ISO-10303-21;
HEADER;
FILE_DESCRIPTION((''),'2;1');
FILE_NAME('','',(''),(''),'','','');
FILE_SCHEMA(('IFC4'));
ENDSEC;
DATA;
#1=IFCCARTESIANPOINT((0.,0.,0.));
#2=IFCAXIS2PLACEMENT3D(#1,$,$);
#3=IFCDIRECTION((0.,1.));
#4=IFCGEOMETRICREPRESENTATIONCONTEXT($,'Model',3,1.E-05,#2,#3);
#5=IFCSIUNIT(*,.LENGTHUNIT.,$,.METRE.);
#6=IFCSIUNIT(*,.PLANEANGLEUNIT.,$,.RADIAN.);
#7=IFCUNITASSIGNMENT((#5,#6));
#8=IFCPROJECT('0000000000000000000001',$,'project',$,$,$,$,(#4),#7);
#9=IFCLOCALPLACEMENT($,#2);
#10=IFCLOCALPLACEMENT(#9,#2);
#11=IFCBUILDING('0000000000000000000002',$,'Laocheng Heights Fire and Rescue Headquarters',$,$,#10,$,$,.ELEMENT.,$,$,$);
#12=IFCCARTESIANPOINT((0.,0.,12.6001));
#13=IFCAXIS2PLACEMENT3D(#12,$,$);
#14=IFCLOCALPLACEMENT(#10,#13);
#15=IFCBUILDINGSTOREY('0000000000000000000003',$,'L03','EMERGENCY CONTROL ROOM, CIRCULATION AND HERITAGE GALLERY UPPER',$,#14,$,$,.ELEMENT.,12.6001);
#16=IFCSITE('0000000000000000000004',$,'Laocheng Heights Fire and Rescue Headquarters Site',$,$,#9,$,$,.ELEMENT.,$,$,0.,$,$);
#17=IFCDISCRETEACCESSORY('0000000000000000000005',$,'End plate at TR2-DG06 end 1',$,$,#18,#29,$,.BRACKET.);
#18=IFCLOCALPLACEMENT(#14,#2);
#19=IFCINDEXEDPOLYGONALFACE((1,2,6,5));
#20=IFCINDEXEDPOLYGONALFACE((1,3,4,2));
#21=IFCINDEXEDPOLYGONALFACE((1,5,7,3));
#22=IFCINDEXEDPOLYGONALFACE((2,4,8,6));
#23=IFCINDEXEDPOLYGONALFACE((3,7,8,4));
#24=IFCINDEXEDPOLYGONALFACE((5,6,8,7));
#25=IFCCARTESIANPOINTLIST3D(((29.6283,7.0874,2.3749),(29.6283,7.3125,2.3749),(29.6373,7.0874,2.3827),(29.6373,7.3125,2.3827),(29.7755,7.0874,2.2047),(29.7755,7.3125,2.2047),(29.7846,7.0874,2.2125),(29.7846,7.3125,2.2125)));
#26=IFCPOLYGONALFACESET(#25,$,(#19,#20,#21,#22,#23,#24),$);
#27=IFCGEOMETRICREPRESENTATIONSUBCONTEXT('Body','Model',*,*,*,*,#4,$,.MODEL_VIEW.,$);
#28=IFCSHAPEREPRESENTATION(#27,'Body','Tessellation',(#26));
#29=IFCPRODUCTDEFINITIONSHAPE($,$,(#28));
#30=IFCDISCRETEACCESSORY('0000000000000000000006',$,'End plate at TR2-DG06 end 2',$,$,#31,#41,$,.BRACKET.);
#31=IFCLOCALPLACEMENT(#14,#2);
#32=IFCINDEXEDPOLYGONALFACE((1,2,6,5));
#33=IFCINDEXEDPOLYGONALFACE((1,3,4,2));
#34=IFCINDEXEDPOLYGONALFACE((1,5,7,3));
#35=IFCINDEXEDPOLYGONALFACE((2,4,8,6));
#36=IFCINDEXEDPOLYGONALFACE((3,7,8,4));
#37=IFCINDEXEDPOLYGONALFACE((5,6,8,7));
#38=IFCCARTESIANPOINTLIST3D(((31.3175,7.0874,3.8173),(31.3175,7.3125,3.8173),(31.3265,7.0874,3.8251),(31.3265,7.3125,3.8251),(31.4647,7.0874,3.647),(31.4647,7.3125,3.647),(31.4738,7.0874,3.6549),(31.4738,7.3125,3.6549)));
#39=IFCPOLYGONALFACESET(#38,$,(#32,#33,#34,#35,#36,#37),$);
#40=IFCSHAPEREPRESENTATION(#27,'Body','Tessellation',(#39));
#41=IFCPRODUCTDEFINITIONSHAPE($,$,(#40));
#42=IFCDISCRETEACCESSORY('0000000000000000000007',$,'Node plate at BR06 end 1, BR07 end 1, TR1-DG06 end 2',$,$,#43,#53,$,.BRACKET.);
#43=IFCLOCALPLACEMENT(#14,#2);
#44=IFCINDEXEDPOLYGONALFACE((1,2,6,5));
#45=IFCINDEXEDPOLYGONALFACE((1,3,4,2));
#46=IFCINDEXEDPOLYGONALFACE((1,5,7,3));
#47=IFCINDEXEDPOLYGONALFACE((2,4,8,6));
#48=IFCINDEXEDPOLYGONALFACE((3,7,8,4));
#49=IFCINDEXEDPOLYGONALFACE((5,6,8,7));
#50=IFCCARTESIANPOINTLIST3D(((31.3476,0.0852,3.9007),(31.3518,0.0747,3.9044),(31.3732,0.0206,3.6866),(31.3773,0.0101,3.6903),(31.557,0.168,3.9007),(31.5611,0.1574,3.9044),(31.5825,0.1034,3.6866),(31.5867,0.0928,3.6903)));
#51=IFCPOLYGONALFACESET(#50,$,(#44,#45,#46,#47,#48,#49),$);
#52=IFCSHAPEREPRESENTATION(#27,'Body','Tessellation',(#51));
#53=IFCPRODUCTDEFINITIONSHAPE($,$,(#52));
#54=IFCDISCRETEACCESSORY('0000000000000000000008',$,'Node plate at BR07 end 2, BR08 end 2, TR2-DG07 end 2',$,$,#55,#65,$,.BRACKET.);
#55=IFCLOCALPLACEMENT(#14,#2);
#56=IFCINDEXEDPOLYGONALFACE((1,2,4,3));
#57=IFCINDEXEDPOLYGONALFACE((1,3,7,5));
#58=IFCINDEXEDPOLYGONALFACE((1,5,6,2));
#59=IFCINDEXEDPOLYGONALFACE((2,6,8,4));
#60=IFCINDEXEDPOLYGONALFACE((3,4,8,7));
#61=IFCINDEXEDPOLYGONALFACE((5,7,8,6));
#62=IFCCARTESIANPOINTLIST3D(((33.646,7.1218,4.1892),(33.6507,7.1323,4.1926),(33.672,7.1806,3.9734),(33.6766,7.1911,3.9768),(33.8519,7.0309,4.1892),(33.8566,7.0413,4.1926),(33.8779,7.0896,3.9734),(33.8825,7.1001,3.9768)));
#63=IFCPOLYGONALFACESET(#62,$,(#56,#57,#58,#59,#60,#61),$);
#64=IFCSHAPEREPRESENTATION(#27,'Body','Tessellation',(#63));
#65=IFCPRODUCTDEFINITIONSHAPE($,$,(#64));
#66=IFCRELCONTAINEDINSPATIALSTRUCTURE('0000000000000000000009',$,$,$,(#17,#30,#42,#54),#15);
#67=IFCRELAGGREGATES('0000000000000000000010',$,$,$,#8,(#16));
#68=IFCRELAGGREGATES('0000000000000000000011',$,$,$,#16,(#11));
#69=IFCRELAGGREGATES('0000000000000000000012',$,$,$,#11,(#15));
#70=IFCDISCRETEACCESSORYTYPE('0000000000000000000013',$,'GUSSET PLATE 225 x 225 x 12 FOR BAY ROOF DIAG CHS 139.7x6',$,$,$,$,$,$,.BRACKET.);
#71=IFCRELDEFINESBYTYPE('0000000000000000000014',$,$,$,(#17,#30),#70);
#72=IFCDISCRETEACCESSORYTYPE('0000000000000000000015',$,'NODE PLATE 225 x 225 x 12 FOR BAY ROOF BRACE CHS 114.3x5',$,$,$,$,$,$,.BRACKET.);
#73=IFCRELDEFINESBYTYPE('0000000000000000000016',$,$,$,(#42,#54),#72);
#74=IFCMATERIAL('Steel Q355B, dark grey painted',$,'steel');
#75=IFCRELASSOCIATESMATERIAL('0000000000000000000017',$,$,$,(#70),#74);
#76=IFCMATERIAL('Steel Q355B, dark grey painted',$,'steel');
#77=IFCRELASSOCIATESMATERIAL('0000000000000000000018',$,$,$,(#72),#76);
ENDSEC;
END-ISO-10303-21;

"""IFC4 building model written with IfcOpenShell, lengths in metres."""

from ifc_helpers import new_model, si_unit, direction, frame, origin, origin_2d, place, context, subcontext, project, spatial, rectangle, extrude, material, material_profile, profile_set, type_object, element, save


model = new_model("IFC4")

# Units and contexts
model_context = context("Model", 3, precision=1e-05, world=origin(), true_north=direction((0.0, 1.0)))
body_context = subcontext(model_context, "Body", "Model", "MODEL_VIEW")
ifc_project = project(units=[si_unit("LENGTHUNIT", "METRE"), si_unit("PLANEANGLEUNIT", "RADIAN")], contexts=[model_context])

# Site, building, storey
site_placement = place(None, origin())
site = spatial("IfcSite", under=ifc_project, at=site_placement, Name="Laocheng Heights Fire and Rescue Headquarters Site", CompositionType="ELEMENT", RefElevation=0.0)
building_placement = place(site_placement, origin())
building = spatial("IfcBuilding", under=site, at=building_placement, Name="Laocheng Heights Fire and Rescue Headquarters", CompositionType="ELEMENT")
storey_placement = place(building_placement, frame((0.0, 0.0, 12.6001)))
storey = spatial("IfcBuildingStorey", under=building, at=storey_placement, Name="L03", Description="EMERGENCY CONTROL ROOM, CIRCULATION AND HERITAGE GALLERY UPPER", CompositionType="ELEMENT", Elevation=12.6001)

# Discrete accessories
ifc_material_1 = material(Name="Steel Q355B, dark grey painted", Category="steel")
ifc_material_profile_1 = material_profile(ifc_material_1, rectangle(XDim=0.2251, YDim=0.2251, at=origin_2d()), Name="GUSSET PLATE 225 x 225 x 12 FOR BAY ROOF DIAG CHS 139.7x6")
ifc_profile_set_1 = profile_set([ifc_material_profile_1], Name="Steel Q355B, dark grey painted")
discrete_accessory_type_1 = type_object("IfcDiscreteAccessoryType", Name="GUSSET PLATE 225 x 225 x 12 FOR BAY ROOF DIAG CHS 139.7x6", PredefinedType="BRACKET", material=ifc_profile_set_1)
for number, where, z_axis, x_axis, name in (
    (1, (29.7019, 7.2, 2.2898), (0.756363, 0.0, 0.654152), (0.0, 1.0, 0.0), "End plate at TR2-DG06 end 1"),
    (2, (31.3911, 7.2, 3.7322), (0.756363, 0.0, 0.654152), (0.0, 1.0, 0.0), "End plate at TR2-DG06 end 2"),
):
    element("IfcDiscreteAccessory", number, at=place(storey_placement, frame(where, z_axis=z_axis, x_axis=x_axis)), inside=storey, type_object=discrete_accessory_type_1, Name=name, PredefinedType="BRACKET", context=body_context, shape_type="SweptSolid", body=[
        extrude(rectangle(XDim=0.2251, YDim=0.2251, at=origin_2d()), origin(), (0.0, 0.0, 1.0), 0.012),
    ])
ifc_material_2 = material(Name="Steel Q355B, dark grey painted", Category="steel")
ifc_material_profile_2 = material_profile(ifc_material_2, rectangle(XDim=0.2251, YDim=0.2251, at=origin_2d()), Name="NODE PLATE 225 x 225 x 12 FOR BAY ROOF BRACE CHS 114.3x5")
ifc_profile_set_2 = profile_set([ifc_material_profile_2], Name="Steel Q355B, dark grey painted")
discrete_accessory_type_2 = type_object("IfcDiscreteAccessoryType", Name="NODE PLATE 225 x 225 x 12 FOR BAY ROOF BRACE CHS 114.3x5", PredefinedType="BRACKET", material=ifc_profile_set_2)
for number, where, z_axis, x_axis, name in (
    (3, (31.4692, 0.0837, 3.7974), (-0.349717, 0.884579, -0.308574), (-0.929961, -0.367659, 0.0), "Node plate at BR06 end 1, BR07 end 1, TR1-DG06 end 2"),
    (4, (33.7666, 7.1162, 4.0847), (-0.387352, -0.876639, -0.285417), (0.914687, -0.404164, 0.0), "Node plate at BR07 end 2, BR08 end 2, TR2-DG07 end 2"),
):
    element("IfcDiscreteAccessory", number, at=place(storey_placement, frame(where, z_axis=z_axis, x_axis=x_axis)), inside=storey, type_object=discrete_accessory_type_2, Name=name, PredefinedType="BRACKET", context=body_context, shape_type="SweptSolid", body=[
        extrude(rectangle(XDim=0.2251, YDim=0.2251, at=origin_2d()), origin(), (0.0, 0.0, 1.0), 0.012),
    ])

save(model, "model.ifc")
